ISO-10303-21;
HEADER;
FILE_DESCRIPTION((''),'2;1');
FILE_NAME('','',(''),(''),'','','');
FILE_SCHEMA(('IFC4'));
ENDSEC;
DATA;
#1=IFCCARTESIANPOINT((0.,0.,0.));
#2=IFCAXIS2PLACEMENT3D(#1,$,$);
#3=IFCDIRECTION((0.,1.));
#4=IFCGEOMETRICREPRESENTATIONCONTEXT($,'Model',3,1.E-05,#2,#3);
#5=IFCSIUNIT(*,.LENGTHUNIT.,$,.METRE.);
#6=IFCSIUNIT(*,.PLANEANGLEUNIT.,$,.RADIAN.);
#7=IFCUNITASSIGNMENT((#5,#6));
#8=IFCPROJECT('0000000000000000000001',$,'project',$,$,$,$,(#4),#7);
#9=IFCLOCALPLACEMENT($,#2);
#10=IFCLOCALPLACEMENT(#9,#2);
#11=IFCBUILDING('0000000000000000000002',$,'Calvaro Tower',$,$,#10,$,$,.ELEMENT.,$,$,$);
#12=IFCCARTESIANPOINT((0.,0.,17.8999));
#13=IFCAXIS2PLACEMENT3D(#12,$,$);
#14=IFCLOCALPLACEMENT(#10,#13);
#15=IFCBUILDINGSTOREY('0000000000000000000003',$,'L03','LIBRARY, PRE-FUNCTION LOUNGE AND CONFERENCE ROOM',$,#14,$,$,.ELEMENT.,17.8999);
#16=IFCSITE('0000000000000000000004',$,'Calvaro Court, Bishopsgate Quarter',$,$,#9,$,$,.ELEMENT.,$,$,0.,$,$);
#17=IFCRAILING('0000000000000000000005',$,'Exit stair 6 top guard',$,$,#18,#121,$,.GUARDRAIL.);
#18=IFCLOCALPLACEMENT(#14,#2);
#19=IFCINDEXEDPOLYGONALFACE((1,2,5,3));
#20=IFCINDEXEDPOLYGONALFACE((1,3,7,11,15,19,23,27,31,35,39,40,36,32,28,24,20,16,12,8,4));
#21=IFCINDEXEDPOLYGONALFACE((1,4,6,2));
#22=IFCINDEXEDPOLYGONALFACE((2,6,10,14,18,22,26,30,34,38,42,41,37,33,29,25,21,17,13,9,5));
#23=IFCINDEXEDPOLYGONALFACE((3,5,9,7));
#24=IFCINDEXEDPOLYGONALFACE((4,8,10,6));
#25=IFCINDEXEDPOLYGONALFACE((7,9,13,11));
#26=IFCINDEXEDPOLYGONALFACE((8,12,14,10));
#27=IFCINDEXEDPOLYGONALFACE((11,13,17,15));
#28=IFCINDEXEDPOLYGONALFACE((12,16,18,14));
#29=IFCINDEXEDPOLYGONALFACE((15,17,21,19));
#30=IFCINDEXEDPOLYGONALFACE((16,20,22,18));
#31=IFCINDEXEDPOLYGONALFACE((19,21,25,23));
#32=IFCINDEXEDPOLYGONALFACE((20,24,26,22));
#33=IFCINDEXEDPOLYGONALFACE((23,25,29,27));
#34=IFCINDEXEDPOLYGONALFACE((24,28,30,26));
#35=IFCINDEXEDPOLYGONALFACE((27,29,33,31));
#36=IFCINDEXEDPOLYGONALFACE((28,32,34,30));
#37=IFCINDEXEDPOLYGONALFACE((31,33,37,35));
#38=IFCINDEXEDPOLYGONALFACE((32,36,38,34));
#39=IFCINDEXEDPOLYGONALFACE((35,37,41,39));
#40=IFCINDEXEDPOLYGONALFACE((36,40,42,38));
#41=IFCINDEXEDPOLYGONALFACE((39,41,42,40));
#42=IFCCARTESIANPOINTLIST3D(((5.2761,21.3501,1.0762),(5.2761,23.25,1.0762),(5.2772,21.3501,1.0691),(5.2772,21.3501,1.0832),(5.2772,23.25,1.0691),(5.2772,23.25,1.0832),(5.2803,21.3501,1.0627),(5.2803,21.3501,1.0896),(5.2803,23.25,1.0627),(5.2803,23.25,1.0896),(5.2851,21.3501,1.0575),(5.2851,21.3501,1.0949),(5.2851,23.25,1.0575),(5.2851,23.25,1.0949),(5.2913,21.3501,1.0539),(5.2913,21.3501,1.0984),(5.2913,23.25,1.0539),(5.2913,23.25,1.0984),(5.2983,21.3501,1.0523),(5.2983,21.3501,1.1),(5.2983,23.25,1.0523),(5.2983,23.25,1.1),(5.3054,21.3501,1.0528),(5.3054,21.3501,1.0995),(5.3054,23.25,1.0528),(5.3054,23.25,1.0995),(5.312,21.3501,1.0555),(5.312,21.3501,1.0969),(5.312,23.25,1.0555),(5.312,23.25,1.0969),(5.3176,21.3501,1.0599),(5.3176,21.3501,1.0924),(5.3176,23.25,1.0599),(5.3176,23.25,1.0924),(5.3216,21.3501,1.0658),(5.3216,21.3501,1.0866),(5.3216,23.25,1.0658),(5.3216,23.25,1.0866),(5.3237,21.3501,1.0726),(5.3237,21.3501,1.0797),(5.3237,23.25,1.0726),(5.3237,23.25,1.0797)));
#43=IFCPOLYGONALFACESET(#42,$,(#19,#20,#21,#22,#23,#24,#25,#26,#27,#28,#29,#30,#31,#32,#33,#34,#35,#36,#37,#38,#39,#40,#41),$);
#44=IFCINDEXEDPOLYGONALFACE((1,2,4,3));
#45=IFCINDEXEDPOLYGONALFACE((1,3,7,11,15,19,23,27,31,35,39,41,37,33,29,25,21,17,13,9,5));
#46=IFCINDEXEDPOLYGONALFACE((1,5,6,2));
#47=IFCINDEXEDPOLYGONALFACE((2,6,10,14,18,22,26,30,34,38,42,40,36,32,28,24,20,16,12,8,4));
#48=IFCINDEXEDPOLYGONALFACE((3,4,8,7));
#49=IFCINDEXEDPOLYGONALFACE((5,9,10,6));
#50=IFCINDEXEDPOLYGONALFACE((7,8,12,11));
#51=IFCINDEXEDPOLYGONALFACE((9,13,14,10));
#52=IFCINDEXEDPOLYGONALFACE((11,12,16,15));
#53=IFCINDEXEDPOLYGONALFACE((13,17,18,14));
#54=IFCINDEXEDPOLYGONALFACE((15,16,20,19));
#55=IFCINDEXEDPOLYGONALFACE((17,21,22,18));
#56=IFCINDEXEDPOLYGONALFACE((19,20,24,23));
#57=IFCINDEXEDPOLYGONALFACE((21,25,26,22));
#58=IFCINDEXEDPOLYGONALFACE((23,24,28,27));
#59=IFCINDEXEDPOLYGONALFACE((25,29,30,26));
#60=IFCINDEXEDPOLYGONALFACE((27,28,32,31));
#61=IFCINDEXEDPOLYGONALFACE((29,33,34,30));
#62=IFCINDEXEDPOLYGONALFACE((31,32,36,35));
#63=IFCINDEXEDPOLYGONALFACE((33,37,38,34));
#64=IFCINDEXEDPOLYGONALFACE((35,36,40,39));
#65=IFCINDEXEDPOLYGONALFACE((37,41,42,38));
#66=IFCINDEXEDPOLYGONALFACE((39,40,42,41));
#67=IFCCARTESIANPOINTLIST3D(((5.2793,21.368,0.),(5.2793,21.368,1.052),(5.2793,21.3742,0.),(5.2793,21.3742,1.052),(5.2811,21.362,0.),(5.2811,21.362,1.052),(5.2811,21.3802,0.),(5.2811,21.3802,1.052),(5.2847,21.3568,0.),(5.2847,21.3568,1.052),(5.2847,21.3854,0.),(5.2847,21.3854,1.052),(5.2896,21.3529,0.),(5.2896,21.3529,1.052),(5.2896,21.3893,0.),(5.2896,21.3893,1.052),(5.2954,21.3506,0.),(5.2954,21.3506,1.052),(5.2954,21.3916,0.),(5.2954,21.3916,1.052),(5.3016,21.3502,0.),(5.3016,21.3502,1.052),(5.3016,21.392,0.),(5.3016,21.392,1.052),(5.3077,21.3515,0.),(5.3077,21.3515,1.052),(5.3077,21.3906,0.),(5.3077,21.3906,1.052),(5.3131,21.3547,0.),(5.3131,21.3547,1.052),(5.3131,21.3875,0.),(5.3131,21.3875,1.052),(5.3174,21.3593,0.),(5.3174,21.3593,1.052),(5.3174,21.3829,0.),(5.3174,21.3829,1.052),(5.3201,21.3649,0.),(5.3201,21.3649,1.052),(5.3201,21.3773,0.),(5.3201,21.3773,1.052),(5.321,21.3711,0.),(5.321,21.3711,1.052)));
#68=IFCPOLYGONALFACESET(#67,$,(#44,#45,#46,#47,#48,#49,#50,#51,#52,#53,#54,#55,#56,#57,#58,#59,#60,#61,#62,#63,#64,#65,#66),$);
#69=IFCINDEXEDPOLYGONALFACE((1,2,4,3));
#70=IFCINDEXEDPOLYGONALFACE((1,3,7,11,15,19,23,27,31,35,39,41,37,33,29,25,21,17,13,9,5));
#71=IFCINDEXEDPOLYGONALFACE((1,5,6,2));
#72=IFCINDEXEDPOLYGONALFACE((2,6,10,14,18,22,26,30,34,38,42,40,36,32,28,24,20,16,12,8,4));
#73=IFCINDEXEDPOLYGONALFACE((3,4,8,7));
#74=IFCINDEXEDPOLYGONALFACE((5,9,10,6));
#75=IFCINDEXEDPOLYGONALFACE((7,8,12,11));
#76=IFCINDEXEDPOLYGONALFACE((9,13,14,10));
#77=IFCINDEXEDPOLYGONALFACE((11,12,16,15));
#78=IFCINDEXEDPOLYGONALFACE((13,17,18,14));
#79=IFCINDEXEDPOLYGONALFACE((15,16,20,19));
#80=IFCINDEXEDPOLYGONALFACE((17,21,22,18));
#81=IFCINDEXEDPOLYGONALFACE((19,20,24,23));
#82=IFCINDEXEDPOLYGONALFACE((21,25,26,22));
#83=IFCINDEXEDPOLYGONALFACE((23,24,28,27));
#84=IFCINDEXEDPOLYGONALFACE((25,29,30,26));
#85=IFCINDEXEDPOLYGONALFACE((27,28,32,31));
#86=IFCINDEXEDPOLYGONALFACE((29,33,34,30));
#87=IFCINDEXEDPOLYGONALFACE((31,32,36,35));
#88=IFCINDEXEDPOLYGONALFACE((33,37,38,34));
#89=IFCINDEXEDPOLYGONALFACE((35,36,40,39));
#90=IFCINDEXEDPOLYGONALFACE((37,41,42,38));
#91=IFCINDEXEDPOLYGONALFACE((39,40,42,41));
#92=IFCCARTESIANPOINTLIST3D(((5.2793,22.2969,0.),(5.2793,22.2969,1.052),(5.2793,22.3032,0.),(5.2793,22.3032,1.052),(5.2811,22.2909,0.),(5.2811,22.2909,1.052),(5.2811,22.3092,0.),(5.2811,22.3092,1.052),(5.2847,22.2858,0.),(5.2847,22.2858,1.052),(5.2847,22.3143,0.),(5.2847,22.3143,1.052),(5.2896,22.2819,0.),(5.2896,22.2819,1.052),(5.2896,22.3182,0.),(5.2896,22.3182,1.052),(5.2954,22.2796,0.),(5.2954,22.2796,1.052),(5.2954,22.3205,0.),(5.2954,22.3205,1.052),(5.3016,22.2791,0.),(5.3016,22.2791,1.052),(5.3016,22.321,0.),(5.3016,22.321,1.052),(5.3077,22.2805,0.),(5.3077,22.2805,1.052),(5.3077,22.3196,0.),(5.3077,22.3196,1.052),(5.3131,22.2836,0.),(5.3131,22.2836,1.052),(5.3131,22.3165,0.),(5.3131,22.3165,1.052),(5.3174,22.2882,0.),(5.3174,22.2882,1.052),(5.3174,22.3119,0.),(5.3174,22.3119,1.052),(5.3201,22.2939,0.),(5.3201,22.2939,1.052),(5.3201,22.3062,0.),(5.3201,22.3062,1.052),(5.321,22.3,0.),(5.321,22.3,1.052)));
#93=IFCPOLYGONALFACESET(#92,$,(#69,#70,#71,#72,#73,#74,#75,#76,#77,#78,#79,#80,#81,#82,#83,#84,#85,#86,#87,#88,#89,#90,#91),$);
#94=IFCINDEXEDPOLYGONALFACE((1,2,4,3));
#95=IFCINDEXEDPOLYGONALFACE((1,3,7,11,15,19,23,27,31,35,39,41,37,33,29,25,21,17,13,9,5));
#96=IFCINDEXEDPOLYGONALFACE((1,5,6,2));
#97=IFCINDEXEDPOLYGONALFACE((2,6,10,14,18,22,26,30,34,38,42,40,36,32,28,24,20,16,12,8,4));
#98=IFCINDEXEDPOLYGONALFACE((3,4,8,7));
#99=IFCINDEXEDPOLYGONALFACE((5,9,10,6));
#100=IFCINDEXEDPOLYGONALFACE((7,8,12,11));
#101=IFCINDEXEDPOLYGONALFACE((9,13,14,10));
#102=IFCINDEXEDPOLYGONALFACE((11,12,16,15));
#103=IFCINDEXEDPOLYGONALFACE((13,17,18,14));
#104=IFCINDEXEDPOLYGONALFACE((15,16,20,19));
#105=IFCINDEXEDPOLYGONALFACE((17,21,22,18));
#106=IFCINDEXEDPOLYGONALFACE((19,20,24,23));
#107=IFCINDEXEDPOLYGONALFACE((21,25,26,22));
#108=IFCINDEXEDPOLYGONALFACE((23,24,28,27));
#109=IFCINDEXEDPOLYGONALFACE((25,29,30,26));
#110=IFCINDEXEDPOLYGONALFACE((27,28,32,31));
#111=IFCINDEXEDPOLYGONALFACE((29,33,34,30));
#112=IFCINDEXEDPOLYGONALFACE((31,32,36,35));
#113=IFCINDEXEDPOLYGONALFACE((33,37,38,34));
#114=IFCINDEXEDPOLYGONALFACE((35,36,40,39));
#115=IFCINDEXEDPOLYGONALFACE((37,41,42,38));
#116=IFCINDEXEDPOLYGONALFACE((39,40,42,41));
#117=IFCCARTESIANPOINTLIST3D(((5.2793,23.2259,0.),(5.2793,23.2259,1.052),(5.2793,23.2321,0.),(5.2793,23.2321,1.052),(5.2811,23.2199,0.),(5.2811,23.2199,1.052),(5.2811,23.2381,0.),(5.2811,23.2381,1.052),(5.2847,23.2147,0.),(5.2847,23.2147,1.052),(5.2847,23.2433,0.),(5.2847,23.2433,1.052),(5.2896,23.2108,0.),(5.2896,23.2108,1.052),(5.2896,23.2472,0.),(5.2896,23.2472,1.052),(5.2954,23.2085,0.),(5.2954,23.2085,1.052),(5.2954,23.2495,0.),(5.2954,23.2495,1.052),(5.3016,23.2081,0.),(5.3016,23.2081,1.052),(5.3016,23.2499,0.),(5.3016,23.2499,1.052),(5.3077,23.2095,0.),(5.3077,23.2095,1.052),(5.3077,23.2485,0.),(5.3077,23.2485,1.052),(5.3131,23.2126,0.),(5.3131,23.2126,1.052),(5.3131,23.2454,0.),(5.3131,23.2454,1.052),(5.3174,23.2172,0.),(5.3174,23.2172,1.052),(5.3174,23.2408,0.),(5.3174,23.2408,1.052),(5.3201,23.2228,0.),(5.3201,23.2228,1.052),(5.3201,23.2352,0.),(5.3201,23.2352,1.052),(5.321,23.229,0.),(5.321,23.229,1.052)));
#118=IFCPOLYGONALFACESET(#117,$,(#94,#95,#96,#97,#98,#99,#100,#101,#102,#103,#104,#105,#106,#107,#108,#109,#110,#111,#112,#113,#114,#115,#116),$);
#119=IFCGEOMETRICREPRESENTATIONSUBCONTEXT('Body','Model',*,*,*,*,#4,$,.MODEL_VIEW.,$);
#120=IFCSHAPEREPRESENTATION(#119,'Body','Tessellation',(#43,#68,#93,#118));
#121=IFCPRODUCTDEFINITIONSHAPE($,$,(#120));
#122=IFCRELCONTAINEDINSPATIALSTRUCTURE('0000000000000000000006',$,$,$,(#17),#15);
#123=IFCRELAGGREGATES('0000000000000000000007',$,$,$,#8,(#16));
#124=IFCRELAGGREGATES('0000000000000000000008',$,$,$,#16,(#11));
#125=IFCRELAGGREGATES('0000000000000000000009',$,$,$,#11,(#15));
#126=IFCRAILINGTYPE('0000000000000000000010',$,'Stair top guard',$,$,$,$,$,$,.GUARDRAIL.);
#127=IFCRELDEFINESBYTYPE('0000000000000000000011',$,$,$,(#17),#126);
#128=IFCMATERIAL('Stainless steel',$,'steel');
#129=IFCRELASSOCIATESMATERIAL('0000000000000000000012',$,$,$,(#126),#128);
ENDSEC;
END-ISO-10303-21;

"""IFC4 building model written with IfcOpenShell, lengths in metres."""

from ifc_helpers import new_model, si_unit, direction, frame, origin, origin_2d, place, context, subcontext, project, spatial, circle, extrude, material, type_object, element, save


model = new_model("IFC4")

# Units and contexts
model_context = context("Model", 3, precision=1e-05, world=origin(), true_north=direction((0.0, 1.0)))
body_context = subcontext(model_context, "Body", "Model", "MODEL_VIEW")
ifc_project = project(units=[si_unit("LENGTHUNIT", "METRE"), si_unit("PLANEANGLEUNIT", "RADIAN")], contexts=[model_context])

# Site, building, storey
site_placement = place(None, origin())
site = spatial("IfcSite", under=ifc_project, at=site_placement, Name="Calvaro Court, Bishopsgate Quarter", CompositionType="ELEMENT", RefElevation=0.0)
building_placement = place(site_placement, origin())
building = spatial("IfcBuilding", under=site, at=building_placement, Name="Calvaro Tower", CompositionType="ELEMENT")
storey_placement = place(building_placement, frame((0.0, 0.0, 17.8999)))
storey = spatial("IfcBuildingStorey", under=building, at=storey_placement, Name="L03", Description="LIBRARY, PRE-FUNCTION LOUNGE AND CONFERENCE ROOM", CompositionType="ELEMENT", Elevation=17.8999)

# Railing
ifc_material_1 = material(Name="Stainless steel", Category="steel")
railing_type = type_object("IfcRailingType", Name="Stair top guard", PredefinedType="GUARDRAIL", material=ifc_material_1)
railing_placement = place(storey_placement, frame((5.3, 21.3501, 0.0)))
element("IfcRailing", 1, at=railing_placement, inside=storey, type_object=railing_type, Name="Exit stair 6 top guard", PredefinedType="GUARDRAIL", context=body_context, shape_type="SweptSolid", body=[
    extrude(circle(Radius=0.0239, at=origin_2d()), frame((0.0, 0.0, 1.0762), z_axis=(0.0, 1.0, 0.0), x_axis=(-1.0, 0.0, 0.0)), (0.0, 0.0, 1.0), 1.8999),
    extrude(circle(Radius=0.021, at=origin_2d()), frame((0.0, 0.021, 0.0)), (0.0, 0.0, 1.0), 1.052),
    extrude(circle(Radius=0.021, at=origin_2d()), frame((0.0, 0.95, 0.0)), (0.0, 0.0, 1.0), 1.052),
    extrude(circle(Radius=0.021, at=origin_2d()), frame((0.0, 1.8789, 0.0)), (0.0, 0.0, 1.0), 1.052),
])

save(model, "model.ifc")
